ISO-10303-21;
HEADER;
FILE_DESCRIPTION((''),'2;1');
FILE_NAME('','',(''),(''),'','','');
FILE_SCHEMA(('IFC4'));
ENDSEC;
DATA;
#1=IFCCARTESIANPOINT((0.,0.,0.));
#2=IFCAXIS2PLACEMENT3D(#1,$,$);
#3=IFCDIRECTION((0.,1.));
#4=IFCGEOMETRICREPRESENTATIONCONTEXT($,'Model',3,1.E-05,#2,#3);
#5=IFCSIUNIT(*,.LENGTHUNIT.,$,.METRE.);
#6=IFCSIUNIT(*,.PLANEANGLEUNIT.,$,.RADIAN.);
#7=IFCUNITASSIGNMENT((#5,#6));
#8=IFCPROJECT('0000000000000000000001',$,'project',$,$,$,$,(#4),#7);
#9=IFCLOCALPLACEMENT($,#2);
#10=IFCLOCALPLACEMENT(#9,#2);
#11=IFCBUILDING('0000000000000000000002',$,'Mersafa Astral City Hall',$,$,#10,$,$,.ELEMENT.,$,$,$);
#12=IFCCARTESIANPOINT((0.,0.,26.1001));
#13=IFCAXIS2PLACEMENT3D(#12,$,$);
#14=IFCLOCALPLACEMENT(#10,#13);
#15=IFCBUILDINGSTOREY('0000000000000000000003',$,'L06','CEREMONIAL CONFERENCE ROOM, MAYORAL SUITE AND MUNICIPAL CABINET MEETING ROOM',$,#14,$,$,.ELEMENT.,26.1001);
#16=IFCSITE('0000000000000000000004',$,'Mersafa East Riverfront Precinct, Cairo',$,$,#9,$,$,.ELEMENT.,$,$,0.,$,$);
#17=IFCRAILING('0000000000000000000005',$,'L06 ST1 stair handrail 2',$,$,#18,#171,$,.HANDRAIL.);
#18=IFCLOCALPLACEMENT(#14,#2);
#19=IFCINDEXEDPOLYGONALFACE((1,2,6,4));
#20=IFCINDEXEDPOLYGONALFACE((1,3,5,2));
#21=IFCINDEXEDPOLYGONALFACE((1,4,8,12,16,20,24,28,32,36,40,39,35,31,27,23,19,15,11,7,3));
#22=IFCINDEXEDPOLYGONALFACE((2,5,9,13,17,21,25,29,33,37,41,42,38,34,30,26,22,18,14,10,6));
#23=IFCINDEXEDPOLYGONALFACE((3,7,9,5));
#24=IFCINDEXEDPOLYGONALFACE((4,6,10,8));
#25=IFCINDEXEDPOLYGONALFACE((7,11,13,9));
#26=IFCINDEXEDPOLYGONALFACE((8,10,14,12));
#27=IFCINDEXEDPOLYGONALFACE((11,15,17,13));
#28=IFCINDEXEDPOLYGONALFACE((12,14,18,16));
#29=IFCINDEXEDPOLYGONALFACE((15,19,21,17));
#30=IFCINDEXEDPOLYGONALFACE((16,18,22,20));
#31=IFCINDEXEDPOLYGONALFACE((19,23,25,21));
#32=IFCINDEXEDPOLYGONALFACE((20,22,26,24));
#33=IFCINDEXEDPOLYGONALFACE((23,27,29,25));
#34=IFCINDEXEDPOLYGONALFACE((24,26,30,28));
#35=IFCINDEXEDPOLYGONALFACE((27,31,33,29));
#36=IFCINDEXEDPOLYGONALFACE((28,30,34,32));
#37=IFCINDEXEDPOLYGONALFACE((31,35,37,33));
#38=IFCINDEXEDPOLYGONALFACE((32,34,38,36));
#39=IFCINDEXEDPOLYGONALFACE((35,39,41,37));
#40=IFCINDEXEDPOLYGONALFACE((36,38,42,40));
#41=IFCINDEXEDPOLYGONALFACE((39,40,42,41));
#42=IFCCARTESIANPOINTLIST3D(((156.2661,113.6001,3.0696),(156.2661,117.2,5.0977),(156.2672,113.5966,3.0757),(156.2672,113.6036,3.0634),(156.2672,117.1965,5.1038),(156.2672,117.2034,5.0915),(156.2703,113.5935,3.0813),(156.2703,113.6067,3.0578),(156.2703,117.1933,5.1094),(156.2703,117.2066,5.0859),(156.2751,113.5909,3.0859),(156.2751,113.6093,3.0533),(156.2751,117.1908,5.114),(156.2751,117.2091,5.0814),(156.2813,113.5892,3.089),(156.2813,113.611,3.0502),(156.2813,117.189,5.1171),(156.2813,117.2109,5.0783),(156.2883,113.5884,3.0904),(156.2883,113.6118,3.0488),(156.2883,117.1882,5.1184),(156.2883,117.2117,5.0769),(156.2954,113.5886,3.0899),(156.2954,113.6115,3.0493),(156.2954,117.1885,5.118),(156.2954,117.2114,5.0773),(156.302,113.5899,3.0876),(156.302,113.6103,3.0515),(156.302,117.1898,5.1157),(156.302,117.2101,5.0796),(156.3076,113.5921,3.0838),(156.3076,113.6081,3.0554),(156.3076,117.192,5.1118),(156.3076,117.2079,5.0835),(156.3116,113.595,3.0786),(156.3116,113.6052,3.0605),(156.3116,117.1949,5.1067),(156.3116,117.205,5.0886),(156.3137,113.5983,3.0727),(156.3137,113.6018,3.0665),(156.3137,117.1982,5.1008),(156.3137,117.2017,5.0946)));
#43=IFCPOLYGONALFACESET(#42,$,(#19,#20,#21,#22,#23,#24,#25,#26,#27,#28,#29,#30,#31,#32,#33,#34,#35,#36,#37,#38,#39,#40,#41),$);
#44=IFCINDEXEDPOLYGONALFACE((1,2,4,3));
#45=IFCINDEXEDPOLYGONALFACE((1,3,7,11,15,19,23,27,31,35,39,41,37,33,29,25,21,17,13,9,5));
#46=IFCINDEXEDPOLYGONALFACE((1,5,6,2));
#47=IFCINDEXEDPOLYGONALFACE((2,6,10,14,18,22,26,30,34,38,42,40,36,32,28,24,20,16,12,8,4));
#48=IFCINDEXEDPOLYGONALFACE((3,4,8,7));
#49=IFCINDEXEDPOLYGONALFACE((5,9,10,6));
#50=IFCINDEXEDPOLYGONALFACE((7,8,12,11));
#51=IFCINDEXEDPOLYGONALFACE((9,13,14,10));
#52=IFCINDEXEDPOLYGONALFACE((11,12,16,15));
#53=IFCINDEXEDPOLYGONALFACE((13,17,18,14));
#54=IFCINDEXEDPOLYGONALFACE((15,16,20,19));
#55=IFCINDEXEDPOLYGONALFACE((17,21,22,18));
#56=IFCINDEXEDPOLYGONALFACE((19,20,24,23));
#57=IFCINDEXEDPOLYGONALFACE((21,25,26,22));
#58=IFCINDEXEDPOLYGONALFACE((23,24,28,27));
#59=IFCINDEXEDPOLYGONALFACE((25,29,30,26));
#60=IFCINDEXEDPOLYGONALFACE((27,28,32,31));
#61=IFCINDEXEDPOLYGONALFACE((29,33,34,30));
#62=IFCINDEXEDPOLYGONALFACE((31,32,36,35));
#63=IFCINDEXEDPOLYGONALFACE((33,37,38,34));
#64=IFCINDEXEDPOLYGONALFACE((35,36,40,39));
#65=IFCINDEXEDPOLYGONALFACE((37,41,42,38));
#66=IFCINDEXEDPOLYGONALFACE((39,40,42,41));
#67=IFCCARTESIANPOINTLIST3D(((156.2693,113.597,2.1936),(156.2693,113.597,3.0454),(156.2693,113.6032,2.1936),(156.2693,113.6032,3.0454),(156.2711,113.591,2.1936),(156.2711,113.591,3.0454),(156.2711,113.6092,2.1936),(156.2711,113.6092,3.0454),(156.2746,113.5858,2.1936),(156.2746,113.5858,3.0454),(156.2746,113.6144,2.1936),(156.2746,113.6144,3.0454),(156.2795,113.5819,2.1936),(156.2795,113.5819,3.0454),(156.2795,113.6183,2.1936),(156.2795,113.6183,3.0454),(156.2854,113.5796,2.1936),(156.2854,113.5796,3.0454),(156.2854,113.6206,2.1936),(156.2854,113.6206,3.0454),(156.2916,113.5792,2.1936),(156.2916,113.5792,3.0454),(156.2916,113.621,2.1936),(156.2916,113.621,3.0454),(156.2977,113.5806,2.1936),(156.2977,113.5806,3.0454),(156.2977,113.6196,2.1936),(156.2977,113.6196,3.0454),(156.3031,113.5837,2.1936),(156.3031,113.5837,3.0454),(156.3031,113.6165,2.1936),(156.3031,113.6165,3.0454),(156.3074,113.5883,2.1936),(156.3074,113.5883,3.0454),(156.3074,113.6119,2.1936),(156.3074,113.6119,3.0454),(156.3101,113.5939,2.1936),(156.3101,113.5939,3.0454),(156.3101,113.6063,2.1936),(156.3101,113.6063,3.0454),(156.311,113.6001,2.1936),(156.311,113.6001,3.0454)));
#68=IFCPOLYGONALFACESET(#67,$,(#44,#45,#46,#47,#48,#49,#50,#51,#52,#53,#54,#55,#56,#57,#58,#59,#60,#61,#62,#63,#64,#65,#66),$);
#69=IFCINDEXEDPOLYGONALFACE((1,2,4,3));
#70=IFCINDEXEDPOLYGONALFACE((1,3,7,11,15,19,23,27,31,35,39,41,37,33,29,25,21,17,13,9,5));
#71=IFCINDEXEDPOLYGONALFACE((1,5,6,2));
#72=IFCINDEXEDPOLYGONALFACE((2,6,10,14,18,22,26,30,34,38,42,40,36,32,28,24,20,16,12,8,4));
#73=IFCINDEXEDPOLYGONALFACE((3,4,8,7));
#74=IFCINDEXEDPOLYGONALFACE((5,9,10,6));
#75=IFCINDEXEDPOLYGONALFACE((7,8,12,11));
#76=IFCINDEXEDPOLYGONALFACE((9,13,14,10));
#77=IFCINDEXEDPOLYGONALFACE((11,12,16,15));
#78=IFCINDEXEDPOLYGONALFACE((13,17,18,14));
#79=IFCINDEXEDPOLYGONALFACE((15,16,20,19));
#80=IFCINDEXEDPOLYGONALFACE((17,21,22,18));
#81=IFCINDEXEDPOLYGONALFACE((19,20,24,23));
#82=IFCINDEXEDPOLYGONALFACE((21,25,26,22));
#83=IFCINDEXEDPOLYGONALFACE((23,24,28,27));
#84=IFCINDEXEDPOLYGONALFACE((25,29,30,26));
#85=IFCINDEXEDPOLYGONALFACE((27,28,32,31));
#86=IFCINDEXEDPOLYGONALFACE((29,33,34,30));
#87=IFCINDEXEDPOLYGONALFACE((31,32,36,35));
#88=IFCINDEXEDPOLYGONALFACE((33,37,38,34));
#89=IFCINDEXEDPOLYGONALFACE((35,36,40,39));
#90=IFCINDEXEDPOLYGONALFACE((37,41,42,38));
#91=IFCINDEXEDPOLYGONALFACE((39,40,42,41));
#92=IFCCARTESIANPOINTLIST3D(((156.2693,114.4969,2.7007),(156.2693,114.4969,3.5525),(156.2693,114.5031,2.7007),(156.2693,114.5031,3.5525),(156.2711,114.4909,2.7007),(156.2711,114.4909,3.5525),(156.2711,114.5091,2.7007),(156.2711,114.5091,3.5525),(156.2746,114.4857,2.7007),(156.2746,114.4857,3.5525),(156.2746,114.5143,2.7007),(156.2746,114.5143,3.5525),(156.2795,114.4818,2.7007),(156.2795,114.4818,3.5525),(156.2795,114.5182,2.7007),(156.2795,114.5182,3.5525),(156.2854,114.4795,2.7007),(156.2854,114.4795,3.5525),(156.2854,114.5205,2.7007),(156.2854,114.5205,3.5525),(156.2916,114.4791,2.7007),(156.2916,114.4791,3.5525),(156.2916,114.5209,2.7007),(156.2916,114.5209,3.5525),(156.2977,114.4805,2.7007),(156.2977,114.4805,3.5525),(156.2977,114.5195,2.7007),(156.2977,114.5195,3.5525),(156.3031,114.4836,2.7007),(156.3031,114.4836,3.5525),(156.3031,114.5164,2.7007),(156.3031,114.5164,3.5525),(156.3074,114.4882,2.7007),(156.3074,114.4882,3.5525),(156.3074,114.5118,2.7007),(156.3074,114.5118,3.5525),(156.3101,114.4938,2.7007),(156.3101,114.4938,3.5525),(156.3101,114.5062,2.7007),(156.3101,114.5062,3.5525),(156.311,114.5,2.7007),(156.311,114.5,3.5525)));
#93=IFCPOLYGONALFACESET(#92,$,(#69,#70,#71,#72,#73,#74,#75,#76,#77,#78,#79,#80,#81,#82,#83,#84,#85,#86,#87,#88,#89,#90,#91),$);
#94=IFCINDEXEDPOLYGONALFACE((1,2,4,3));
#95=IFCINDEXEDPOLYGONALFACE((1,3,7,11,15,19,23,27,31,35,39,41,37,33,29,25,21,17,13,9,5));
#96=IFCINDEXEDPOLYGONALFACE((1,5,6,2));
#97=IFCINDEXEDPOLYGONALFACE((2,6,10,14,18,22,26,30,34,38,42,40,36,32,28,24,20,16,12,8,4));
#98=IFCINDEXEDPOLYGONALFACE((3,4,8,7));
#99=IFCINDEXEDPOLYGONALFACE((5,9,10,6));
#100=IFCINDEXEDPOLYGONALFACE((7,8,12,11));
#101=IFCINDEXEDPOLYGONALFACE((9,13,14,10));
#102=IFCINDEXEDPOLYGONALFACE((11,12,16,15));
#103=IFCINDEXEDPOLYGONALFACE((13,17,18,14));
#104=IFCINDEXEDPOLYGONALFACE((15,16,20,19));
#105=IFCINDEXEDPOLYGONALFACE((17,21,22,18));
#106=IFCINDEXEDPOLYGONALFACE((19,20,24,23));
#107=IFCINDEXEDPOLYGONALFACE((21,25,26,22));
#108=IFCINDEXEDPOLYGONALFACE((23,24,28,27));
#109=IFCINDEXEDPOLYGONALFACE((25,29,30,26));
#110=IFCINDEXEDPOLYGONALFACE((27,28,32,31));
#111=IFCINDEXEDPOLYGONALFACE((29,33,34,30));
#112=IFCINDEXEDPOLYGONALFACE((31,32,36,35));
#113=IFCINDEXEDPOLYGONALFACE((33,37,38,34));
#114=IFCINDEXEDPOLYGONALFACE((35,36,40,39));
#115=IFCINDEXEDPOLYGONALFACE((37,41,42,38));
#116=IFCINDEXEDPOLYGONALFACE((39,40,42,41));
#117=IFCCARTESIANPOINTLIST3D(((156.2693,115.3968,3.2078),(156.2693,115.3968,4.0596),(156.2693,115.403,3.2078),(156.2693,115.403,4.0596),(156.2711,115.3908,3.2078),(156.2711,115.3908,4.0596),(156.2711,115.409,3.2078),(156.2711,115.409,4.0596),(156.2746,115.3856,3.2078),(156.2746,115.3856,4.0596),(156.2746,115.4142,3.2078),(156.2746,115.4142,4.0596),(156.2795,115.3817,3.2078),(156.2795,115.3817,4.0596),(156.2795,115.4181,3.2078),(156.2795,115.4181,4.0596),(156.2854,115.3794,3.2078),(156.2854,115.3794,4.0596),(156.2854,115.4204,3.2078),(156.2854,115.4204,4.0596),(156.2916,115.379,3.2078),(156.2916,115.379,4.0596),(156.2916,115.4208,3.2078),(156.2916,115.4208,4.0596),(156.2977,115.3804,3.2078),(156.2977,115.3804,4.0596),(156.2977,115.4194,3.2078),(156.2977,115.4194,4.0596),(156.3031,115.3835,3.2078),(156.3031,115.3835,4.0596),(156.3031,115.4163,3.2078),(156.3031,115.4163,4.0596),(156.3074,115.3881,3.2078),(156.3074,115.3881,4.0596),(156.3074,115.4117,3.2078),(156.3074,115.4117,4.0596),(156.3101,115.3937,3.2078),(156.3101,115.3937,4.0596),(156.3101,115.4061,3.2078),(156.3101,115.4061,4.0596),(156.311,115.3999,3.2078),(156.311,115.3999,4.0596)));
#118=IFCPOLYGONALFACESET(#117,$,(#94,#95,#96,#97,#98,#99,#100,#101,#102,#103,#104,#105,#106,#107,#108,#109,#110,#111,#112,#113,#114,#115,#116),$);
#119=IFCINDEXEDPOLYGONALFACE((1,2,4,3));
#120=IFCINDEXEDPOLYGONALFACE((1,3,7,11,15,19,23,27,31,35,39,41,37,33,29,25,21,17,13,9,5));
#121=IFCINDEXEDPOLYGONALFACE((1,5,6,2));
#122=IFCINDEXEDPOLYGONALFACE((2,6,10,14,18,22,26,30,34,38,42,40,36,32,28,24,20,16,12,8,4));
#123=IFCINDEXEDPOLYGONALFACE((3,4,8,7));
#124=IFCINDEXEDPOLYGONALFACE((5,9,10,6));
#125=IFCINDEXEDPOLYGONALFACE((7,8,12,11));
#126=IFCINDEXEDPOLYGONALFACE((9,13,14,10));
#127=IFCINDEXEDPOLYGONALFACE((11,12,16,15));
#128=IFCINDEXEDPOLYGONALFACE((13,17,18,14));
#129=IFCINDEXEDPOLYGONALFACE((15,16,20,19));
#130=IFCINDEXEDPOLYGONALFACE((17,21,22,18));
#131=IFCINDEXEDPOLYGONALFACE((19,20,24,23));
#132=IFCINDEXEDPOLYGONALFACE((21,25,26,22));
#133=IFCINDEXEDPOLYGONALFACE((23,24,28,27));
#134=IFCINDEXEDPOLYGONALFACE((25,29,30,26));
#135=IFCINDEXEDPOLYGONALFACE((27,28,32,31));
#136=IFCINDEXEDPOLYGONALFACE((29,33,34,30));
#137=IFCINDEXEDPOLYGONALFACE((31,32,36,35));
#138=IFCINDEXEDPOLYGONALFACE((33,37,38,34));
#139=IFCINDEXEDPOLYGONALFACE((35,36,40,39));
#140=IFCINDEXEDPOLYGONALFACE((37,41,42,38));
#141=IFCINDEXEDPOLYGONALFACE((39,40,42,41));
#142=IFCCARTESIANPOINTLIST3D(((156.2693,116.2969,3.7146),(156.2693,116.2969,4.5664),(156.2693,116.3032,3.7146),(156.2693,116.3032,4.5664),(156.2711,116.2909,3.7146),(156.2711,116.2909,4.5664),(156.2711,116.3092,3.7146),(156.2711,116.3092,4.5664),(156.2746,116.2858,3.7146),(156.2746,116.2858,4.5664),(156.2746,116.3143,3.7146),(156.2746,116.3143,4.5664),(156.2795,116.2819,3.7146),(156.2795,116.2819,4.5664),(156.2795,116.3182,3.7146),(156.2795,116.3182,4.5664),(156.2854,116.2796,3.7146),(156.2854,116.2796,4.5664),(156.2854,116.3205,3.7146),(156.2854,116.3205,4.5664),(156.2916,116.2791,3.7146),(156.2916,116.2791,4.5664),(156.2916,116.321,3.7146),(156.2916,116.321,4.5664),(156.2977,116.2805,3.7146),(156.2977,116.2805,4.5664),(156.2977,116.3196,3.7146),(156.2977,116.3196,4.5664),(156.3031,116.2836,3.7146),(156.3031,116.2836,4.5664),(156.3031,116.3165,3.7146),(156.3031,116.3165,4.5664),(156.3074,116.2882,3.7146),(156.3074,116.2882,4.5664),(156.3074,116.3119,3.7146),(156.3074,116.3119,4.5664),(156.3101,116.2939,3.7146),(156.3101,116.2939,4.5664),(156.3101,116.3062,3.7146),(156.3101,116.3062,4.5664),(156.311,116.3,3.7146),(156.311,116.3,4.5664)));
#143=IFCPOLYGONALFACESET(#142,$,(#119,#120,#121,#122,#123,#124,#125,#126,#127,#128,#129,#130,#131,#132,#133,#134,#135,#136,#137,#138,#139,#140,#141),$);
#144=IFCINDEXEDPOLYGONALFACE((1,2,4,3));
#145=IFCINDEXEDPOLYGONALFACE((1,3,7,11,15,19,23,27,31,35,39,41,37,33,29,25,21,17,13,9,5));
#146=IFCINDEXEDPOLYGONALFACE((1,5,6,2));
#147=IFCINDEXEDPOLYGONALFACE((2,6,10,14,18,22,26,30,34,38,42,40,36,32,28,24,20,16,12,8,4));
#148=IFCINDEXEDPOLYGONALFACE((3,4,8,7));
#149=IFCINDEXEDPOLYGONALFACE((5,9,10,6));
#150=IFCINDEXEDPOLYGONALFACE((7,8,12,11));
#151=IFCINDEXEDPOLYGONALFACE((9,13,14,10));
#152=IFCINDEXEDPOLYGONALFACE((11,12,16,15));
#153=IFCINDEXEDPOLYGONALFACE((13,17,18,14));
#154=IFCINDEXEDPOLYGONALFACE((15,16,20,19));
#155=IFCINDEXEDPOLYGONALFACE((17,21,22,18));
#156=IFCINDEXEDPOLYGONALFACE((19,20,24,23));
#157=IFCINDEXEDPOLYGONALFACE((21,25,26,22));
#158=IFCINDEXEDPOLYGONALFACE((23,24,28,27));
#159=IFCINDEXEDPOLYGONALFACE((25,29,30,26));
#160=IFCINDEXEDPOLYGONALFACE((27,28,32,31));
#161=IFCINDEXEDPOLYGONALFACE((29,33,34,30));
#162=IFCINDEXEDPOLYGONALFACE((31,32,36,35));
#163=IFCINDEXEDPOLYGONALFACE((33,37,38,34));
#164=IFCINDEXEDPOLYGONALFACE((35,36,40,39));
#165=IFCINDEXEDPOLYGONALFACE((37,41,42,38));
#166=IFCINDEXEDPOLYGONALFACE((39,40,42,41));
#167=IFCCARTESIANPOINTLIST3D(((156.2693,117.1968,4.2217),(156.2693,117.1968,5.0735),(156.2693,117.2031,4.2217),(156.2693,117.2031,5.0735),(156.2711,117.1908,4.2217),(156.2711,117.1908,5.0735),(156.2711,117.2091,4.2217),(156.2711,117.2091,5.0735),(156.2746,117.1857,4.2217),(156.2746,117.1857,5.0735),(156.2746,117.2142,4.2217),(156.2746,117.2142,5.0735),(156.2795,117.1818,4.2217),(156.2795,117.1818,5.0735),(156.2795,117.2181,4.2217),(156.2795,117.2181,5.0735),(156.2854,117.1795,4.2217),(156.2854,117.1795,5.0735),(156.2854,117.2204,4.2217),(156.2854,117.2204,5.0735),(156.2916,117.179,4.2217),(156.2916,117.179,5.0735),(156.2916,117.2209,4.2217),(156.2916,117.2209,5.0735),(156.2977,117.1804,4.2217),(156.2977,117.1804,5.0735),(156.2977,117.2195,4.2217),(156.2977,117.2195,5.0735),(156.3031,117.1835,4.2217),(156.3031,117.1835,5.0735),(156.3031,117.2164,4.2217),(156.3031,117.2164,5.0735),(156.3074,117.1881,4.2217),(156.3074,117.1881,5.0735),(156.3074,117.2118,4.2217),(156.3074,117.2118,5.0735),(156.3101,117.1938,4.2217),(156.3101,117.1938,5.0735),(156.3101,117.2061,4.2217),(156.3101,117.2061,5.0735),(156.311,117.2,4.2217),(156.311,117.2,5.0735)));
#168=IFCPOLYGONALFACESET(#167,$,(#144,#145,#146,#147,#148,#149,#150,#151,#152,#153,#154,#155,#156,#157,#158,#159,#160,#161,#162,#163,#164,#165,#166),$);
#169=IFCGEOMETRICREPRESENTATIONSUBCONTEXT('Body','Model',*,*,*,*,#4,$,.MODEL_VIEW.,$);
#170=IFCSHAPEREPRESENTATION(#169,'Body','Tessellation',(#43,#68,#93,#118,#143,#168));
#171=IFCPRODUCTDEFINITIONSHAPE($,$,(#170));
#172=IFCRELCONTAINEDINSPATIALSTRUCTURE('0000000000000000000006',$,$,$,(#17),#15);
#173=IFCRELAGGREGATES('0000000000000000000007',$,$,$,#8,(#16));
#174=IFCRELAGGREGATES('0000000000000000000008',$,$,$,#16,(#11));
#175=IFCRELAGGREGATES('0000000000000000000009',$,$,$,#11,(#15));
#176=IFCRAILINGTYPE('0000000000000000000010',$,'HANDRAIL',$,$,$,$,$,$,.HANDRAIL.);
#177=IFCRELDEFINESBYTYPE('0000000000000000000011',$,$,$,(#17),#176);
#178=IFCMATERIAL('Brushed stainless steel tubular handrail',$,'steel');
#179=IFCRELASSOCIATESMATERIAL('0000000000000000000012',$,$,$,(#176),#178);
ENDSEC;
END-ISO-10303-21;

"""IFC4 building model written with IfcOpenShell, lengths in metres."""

from ifc_helpers import new_model, si_unit, direction, frame, origin, origin_2d, place, context, subcontext, project, spatial, circle, extrude, material, type_object, element, save


model = new_model("IFC4")

# Units and contexts
model_context = context("Model", 3, precision=1e-05, world=origin(), true_north=direction((0.0, 1.0)))
body_context = subcontext(model_context, "Body", "Model", "MODEL_VIEW")
ifc_project = project(units=[si_unit("LENGTHUNIT", "METRE"), si_unit("PLANEANGLEUNIT", "RADIAN")], contexts=[model_context])

# Site, building, storey
site_placement = place(None, origin())
site = spatial("IfcSite", under=ifc_project, at=site_placement, Name="Mersafa East Riverfront Precinct, Cairo", CompositionType="ELEMENT", RefElevation=0.0)
building_placement = place(site_placement, origin())
building = spatial("IfcBuilding", under=site, at=building_placement, Name="Mersafa Astral City Hall", CompositionType="ELEMENT")
storey_placement = place(building_placement, frame((0.0, 0.0, 26.1001)))
storey = spatial("IfcBuildingStorey", under=building, at=storey_placement, Name="L06", Description="CEREMONIAL CONFERENCE ROOM, MAYORAL SUITE AND MUNICIPAL CABINET MEETING ROOM", CompositionType="ELEMENT", Elevation=26.1001)

# Railing
ifc_material_1 = material(Name="Brushed stainless steel tubular handrail", Category="steel")
railing_type_1 = type_object("IfcRailingType", Name="HANDRAIL", PredefinedType="HANDRAIL", material=ifc_material_1)
railing_1_placement = place(storey_placement, frame((156.29, 113.6001, 2.1936)))
element("IfcRailing", 1, at=railing_1_placement, inside=storey, type_object=railing_type_1, Name="L06 ST1 stair handrail 2", PredefinedType="HANDRAIL", context=body_context, shape_type="SweptSolid", body=[
    extrude(circle(Radius=0.0239, at=origin_2d()), frame((0.0, 0.0, 0.876), z_axis=(0.0, 0.871249, 0.490842), x_axis=(-1.0, 0.0, 0.0)), (0.0, 0.0, 1.0), 4.1318),
    extrude(circle(Radius=0.021, at=origin_2d()), origin(), (0.0, 0.0, 1.0), 0.8518),
    extrude(circle(Radius=0.021, at=origin_2d()), frame((0.0, 0.8999, 0.5071)), (0.0, 0.0, 1.0), 0.8518),
    extrude(circle(Radius=0.021, at=origin_2d()), frame((0.0, 1.7998, 1.0142)), (0.0, 0.0, 1.0), 0.8518),
    extrude(circle(Radius=0.021, at=origin_2d()), frame((0.0, 2.7, 1.521)), (0.0, 0.0, 1.0), 0.8518),
    extrude(circle(Radius=0.021, at=origin_2d()), frame((0.0, 3.5999, 2.0281)), (0.0, 0.0, 1.0), 0.8518),
])

save(model, "model.ifc")
